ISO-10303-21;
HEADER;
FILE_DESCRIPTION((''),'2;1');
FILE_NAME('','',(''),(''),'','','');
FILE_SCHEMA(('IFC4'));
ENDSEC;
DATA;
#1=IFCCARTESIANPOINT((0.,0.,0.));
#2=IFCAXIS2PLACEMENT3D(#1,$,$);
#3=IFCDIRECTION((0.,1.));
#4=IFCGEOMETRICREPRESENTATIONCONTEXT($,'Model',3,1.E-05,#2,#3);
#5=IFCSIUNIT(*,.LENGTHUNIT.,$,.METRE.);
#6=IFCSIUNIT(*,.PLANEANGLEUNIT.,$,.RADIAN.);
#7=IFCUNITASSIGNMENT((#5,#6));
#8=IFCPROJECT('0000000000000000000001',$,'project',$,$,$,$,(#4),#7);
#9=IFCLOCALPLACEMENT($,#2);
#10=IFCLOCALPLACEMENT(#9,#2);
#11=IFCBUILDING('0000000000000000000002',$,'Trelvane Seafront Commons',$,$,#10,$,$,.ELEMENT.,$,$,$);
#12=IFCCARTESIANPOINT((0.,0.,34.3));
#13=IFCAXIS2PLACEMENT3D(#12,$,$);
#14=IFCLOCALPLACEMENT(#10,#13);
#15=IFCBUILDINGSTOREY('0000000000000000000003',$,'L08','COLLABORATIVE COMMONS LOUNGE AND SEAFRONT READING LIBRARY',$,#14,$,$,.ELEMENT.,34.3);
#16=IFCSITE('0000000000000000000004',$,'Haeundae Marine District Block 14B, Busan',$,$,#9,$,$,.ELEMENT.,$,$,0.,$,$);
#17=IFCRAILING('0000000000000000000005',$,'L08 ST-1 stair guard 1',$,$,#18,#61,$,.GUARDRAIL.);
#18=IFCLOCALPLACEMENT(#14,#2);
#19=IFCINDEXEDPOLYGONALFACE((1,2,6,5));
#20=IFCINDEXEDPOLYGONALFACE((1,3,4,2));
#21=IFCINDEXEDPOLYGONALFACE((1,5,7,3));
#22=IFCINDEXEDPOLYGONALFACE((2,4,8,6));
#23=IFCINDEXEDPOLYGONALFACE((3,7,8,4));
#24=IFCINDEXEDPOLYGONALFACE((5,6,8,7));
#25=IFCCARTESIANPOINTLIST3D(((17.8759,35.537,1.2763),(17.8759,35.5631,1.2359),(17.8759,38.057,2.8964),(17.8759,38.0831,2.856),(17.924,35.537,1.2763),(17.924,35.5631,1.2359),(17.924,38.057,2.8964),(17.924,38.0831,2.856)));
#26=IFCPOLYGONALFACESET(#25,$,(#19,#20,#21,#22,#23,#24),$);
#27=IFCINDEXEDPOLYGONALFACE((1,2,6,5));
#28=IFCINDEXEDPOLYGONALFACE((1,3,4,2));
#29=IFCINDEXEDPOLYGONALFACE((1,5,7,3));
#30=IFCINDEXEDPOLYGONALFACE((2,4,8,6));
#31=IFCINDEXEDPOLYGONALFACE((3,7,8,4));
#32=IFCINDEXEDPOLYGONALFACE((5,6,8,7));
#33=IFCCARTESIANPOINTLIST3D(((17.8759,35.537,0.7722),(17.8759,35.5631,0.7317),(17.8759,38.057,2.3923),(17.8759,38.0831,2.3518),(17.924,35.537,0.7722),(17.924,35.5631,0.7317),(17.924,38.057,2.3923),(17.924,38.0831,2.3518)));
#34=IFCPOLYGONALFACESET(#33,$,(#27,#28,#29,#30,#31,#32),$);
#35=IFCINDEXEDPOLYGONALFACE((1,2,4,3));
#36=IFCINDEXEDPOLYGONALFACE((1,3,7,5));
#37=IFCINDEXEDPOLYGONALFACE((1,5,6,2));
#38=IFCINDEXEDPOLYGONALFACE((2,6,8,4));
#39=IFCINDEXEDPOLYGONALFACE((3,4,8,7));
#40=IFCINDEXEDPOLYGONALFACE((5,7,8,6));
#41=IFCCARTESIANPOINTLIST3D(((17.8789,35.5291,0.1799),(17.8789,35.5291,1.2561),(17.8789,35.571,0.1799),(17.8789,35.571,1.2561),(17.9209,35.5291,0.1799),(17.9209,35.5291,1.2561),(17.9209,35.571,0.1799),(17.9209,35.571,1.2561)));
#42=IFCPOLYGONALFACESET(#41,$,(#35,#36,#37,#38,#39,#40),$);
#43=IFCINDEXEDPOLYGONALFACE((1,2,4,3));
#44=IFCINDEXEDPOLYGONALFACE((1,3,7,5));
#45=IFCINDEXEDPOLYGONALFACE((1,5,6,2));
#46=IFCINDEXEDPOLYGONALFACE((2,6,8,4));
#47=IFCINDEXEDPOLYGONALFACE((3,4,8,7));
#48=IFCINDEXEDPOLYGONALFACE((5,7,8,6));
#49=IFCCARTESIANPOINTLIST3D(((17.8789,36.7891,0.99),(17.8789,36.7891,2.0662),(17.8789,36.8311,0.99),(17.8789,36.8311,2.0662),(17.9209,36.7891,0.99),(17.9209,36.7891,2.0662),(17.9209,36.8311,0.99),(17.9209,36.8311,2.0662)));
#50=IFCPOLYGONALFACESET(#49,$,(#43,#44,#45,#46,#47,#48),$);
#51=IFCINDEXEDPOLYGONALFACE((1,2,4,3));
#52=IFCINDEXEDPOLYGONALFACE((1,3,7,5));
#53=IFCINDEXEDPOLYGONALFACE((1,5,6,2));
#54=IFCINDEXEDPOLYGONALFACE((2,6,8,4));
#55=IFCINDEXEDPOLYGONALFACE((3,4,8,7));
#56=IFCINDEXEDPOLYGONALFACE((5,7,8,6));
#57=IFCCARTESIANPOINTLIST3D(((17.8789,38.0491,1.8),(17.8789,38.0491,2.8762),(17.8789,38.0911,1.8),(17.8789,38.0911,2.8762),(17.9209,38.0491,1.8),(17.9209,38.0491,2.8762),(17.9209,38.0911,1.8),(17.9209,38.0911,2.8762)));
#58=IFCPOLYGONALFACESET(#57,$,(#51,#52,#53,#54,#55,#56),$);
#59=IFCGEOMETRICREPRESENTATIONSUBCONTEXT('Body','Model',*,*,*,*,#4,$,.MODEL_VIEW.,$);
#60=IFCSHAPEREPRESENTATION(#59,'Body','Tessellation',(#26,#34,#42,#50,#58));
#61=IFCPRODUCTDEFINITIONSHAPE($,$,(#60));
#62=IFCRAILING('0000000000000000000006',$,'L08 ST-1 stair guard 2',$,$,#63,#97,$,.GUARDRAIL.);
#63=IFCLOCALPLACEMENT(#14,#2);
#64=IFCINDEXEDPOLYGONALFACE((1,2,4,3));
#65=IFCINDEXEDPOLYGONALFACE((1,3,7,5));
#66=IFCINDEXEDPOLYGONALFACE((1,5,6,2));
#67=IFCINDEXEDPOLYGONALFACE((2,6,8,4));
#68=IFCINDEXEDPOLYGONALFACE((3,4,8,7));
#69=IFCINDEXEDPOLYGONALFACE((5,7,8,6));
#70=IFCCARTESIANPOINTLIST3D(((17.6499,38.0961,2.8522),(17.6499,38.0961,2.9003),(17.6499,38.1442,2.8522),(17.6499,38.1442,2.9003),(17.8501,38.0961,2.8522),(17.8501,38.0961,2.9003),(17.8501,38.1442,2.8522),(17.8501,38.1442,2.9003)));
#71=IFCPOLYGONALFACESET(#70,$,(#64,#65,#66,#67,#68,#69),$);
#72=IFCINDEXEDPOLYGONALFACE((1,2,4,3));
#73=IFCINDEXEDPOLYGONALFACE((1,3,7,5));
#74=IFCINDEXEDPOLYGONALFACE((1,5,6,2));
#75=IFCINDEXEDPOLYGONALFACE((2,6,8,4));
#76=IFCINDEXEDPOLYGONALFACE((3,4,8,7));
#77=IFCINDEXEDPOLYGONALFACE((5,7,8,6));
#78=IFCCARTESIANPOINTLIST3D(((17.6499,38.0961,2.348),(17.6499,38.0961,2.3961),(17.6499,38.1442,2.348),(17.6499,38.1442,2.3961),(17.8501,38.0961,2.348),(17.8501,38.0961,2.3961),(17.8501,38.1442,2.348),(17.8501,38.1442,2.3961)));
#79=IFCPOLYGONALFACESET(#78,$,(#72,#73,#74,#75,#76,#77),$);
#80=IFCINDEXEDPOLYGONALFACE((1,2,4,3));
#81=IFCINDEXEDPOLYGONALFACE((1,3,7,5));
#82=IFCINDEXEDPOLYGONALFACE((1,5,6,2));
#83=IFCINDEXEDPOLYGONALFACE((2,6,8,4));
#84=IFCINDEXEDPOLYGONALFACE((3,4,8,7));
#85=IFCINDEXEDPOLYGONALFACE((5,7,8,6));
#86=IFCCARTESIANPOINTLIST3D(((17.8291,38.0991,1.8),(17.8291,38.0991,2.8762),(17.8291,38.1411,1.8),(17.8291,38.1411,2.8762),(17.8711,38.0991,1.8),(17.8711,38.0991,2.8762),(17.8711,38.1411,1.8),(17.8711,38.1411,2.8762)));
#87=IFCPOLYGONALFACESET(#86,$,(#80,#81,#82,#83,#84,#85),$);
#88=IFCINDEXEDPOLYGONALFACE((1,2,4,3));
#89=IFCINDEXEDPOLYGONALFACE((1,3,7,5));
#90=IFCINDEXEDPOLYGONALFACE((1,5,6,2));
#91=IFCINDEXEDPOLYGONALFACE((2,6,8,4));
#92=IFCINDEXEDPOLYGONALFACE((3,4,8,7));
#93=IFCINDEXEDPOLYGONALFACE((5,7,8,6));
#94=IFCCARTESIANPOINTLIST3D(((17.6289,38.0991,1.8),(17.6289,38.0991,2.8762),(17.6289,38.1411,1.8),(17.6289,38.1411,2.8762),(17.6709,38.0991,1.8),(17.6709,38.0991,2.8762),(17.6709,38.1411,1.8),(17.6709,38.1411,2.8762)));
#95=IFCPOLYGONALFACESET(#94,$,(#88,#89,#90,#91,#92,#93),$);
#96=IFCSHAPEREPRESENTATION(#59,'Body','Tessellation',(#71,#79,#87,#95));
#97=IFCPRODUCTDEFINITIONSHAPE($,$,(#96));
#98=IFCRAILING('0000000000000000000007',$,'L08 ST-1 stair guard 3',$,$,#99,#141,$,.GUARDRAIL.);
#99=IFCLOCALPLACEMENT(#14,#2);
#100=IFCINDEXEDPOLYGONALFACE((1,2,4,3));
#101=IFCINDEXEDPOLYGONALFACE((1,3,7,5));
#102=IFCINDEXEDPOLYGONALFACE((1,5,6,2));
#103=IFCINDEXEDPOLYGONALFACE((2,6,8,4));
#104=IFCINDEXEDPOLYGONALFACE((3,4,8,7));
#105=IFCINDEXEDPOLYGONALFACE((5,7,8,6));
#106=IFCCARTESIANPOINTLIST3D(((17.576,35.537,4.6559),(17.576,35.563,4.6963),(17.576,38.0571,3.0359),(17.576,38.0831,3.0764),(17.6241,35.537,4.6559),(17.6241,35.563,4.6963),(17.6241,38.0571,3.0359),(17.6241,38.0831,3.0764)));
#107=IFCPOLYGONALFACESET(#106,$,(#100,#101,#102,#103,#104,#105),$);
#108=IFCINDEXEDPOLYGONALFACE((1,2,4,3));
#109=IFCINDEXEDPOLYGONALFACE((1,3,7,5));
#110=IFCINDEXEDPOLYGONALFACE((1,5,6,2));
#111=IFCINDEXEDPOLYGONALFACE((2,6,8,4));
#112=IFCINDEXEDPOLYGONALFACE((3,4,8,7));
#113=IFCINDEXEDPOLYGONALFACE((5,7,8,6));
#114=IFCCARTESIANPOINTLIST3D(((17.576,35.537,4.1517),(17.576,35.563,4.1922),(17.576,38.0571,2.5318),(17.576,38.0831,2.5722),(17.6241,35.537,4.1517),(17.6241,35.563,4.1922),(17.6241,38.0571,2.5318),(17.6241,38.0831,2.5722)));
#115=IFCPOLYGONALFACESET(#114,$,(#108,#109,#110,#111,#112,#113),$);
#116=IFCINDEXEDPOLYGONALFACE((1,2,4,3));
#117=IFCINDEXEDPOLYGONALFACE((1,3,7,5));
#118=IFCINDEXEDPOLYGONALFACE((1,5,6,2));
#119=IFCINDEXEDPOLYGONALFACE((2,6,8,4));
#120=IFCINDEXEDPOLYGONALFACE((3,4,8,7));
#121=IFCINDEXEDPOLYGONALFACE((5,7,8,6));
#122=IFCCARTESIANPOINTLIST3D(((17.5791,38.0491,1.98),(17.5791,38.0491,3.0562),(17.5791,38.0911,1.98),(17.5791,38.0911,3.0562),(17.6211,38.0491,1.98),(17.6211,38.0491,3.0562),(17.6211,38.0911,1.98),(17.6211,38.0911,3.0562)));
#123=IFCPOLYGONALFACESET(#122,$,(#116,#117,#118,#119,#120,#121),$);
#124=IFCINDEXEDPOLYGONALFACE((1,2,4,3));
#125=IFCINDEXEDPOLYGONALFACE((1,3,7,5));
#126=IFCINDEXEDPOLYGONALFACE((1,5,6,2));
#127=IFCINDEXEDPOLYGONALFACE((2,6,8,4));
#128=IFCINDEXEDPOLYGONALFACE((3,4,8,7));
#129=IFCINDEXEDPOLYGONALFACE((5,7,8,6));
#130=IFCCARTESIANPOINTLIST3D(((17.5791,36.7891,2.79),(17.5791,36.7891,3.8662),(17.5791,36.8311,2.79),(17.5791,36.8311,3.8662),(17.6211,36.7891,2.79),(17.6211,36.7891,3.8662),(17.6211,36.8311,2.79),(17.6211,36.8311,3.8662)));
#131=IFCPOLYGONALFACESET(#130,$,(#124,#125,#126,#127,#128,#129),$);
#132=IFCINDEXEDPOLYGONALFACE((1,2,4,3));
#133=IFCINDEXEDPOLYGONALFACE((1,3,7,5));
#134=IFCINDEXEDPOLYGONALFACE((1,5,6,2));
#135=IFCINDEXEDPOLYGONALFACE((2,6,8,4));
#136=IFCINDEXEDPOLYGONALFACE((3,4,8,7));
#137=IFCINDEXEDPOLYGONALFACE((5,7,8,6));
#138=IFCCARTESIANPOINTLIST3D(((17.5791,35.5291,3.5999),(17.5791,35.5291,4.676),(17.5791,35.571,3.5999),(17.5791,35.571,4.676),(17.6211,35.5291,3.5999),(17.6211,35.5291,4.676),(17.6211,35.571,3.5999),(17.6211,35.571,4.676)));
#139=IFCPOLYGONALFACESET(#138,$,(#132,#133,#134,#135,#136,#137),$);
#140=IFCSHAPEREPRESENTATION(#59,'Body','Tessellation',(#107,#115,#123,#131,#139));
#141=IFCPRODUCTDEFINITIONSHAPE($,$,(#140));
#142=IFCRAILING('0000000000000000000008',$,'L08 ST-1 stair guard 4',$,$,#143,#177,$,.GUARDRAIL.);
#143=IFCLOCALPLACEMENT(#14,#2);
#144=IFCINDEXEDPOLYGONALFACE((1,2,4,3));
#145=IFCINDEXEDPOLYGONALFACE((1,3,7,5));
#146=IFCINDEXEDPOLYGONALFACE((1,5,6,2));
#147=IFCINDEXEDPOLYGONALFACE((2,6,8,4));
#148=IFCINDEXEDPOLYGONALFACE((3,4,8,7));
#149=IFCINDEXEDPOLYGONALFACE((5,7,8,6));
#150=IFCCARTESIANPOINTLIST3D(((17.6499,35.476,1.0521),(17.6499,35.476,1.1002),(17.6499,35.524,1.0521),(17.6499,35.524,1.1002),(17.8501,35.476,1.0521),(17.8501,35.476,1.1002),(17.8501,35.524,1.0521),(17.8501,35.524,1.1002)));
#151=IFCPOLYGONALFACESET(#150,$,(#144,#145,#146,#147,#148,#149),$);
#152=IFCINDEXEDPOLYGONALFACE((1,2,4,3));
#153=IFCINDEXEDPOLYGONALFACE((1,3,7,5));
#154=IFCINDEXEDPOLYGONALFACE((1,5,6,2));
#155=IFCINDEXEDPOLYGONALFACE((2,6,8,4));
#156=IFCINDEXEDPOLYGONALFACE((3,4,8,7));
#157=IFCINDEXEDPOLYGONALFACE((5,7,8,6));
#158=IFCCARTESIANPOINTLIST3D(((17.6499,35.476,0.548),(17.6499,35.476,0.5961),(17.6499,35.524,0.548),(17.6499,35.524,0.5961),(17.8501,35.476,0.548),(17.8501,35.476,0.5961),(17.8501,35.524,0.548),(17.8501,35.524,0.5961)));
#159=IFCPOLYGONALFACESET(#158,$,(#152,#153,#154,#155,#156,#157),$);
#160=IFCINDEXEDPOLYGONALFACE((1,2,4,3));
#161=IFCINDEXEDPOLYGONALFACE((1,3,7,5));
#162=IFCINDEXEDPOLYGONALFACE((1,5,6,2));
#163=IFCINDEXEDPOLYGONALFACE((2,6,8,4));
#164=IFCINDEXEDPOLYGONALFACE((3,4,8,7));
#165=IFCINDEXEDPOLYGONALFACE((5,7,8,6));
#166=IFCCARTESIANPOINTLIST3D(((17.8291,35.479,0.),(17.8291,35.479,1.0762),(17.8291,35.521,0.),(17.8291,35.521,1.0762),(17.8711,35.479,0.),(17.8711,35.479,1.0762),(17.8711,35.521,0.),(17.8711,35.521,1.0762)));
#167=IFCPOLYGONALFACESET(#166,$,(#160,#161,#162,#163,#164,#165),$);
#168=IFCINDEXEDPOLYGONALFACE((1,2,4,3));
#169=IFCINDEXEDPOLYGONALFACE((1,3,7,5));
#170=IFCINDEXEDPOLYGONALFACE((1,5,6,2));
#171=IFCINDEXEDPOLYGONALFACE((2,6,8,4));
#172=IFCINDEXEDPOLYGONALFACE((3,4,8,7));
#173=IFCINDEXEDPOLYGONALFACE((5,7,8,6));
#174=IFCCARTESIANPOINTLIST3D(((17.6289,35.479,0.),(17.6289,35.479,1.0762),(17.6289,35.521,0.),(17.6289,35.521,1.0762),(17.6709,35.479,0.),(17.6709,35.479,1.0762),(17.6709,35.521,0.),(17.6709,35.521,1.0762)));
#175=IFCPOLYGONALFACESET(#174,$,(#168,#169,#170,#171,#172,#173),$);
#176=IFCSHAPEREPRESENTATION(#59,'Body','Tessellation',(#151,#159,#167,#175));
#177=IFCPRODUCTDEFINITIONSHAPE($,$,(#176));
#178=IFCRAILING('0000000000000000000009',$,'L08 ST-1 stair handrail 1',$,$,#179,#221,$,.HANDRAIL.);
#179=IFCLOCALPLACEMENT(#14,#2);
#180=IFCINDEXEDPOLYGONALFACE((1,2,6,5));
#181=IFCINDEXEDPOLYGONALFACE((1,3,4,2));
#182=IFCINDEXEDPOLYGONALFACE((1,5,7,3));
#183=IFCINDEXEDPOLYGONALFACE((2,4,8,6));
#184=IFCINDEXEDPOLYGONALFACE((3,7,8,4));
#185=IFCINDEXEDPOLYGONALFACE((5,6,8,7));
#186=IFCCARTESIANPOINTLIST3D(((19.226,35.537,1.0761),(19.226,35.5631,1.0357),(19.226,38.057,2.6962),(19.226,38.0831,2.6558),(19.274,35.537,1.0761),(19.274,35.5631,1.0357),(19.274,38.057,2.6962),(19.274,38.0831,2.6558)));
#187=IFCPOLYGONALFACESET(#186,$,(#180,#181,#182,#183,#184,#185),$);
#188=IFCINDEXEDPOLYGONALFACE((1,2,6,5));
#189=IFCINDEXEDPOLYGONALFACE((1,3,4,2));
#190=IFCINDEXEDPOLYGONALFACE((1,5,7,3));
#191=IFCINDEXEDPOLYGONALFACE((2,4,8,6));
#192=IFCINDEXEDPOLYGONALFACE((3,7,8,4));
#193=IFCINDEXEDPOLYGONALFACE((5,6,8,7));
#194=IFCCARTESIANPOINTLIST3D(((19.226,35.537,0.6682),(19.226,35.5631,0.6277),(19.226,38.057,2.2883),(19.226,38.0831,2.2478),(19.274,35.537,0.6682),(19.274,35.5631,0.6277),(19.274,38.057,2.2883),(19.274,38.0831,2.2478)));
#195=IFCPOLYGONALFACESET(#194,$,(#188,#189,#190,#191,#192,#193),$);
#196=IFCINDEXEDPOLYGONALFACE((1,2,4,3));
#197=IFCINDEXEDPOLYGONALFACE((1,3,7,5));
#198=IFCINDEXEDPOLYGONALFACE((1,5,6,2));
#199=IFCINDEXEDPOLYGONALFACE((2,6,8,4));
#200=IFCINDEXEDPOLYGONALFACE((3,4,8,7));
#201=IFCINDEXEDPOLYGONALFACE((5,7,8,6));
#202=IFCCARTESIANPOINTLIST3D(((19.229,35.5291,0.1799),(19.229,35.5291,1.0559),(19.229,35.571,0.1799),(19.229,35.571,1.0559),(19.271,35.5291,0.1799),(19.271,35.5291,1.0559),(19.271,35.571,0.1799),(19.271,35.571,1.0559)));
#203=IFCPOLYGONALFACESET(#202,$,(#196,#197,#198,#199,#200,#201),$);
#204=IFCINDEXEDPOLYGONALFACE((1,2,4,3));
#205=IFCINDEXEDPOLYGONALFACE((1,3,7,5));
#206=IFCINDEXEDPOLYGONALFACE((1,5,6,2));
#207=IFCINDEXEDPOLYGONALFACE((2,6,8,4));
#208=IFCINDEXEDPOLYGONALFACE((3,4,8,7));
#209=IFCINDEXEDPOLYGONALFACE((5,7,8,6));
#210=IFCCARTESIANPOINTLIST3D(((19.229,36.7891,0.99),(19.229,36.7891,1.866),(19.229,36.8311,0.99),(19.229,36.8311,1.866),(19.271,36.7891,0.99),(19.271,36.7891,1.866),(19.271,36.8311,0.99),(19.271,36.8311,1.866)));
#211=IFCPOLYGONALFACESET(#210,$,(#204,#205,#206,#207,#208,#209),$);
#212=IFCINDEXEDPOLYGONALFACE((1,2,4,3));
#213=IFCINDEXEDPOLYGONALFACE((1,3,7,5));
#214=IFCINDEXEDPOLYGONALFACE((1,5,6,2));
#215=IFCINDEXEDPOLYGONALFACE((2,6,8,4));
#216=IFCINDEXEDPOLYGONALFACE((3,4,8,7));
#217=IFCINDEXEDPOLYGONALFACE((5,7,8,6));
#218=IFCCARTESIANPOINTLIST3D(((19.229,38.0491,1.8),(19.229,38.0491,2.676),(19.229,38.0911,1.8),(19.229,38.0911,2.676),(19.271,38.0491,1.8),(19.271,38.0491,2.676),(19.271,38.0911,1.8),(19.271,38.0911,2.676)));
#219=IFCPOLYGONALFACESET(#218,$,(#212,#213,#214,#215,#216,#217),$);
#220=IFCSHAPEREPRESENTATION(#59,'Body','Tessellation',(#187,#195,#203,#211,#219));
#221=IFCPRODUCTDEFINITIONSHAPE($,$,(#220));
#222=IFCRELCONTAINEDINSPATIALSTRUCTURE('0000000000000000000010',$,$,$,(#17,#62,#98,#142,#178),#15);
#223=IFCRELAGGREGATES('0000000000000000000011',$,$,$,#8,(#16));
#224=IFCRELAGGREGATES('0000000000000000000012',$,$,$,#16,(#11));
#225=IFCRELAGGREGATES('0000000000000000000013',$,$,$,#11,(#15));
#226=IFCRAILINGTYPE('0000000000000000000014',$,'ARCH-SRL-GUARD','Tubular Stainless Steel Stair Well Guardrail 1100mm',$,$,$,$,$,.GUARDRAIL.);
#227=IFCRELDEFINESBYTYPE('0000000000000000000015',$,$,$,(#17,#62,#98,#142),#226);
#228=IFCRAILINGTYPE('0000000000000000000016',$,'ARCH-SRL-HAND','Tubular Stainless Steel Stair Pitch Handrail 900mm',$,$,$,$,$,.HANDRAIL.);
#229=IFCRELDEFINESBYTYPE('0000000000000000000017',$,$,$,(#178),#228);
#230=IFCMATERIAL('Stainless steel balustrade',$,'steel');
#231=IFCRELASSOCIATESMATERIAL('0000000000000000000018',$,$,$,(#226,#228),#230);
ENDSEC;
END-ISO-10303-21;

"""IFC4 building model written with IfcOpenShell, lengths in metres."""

from ifc_helpers import new_model, si_unit, direction, frame, origin, origin_2d, place, context, subcontext, project, spatial, rectangle, extrude, material, type_object, element, save


model = new_model("IFC4")

# Units and contexts
model_context = context("Model", 3, precision=1e-05, world=origin(), true_north=direction((0.0, 1.0)))
body_context = subcontext(model_context, "Body", "Model", "MODEL_VIEW")
ifc_project = project(units=[si_unit("LENGTHUNIT", "METRE"), si_unit("PLANEANGLEUNIT", "RADIAN")], contexts=[model_context])

# Site, building, storey
site_placement = place(None, origin())
site = spatial("IfcSite", under=ifc_project, at=site_placement, Name="Haeundae Marine District Block 14B, Busan", CompositionType="ELEMENT", RefElevation=0.0)
building_placement = place(site_placement, origin())
building = spatial("IfcBuilding", under=site, at=building_placement, Name="Trelvane Seafront Commons", CompositionType="ELEMENT")
storey_placement = place(building_placement, frame((0.0, 0.0, 34.3)))
storey = spatial("IfcBuildingStorey", under=building, at=storey_placement, Name="L08", Description="COLLABORATIVE COMMONS LOUNGE AND SEAFRONT READING LIBRARY", CompositionType="ELEMENT", Elevation=34.3)

# Shared definitions
ifc_material_1 = material(Name="Stainless steel balustrade", Category="steel")

# Railings
railing_type_1 = type_object("IfcRailingType", Name="ARCH-SRL-GUARD", Description="Tubular Stainless Steel Stair Well Guardrail 1100mm", PredefinedType="GUARDRAIL", material=ifc_material_1)
railing_1_placement = place(storey_placement, frame((17.8999, 35.55, 0.1799)))
element("IfcRailing", 1, at=railing_1_placement, inside=storey, type_object=railing_type_1, Name="L08 ST-1 stair guard 1", PredefinedType="GUARDRAIL", context=body_context, shape_type="SweptSolid", body=[
    extrude(rectangle(XDim=0.0481, YDim=0.0481, at=origin_2d()), frame((0.0, 0.0, 1.0762), z_axis=(0.0, 0.841163, 0.540782), x_axis=(-1.0, 0.0, 0.0)), (0.0, 0.0, 1.0), 2.9958),
    extrude(rectangle(XDim=0.0481, YDim=0.0481, at=origin_2d()), frame((0.0, 0.0, 0.572), z_axis=(0.0, 0.841163, 0.540782), x_axis=(-1.0, 0.0, 0.0)), (0.0, 0.0, 1.0), 2.9958),
    extrude(rectangle(XDim=0.042, YDim=0.042, at=origin_2d()), origin(), (0.0, 0.0, 1.0), 1.0762),
    extrude(rectangle(XDim=0.042, YDim=0.042, at=origin_2d()), frame((0.0, 1.26, 0.8101)), (0.0, 0.0, 1.0), 1.0762),
    extrude(rectangle(XDim=0.042, YDim=0.042, at=origin_2d()), frame((0.0, 2.52, 1.6201)), (0.0, 0.0, 1.0), 1.0762),
])
railing_2_placement = place(storey_placement, frame((17.8501, 38.1201, 1.8)))
element("IfcRailing", 2, at=railing_2_placement, inside=storey, type_object=railing_type_1, Name="L08 ST-1 stair guard 2", PredefinedType="GUARDRAIL", context=body_context, shape_type="SweptSolid", body=[
    extrude(rectangle(XDim=0.0481, YDim=0.0481, at=origin_2d()), frame((0.0, 0.0, 1.0762), z_axis=(-1.0, 0.0, 0.0), x_axis=(0.0, -1.0, 0.0)), (0.0, 0.0, 1.0), 0.2002),
    extrude(rectangle(XDim=0.0481, YDim=0.0481, at=origin_2d()), frame((0.0, 0.0, 0.572), z_axis=(-1.0, 0.0, 0.0), x_axis=(0.0, -1.0, 0.0)), (0.0, 0.0, 1.0), 0.2002),
    extrude(rectangle(XDim=0.042, YDim=0.042, at=origin_2d()), origin(), (0.0, 0.0, 1.0), 1.0762),
    extrude(rectangle(XDim=0.042, YDim=0.042, at=origin_2d()), frame((-0.2002, 0.0, 0.0)), (0.0, 0.0, 1.0), 1.0762),
])
railing_3_placement = place(storey_placement, frame((17.6001, 38.0701, 1.98)))
element("IfcRailing", 3, at=railing_3_placement, inside=storey, type_object=railing_type_1, Name="L08 ST-1 stair guard 3", PredefinedType="GUARDRAIL", context=body_context, shape_type="SweptSolid", body=[
    extrude(rectangle(XDim=0.0481, YDim=0.0481, at=origin_2d()), frame((0.0, 0.0, 1.0762), z_axis=(0.0, -0.8412, 0.540725), x_axis=(1.0, 0.0, 0.0)), (0.0, 0.0, 1.0), 2.9958),
    extrude(rectangle(XDim=0.0481, YDim=0.0481, at=origin_2d()), frame((0.0, 0.0, 0.572), z_axis=(0.0, -0.8412, 0.540725), x_axis=(1.0, 0.0, 0.0)), (0.0, 0.0, 1.0), 2.9958),
    extrude(rectangle(XDim=0.042, YDim=0.042, at=origin_2d()), origin(), (0.0, 0.0, 1.0), 1.0762),
    extrude(rectangle(XDim=0.042, YDim=0.042, at=origin_2d()), frame((0.0, -1.26, 0.8101)), (0.0, 0.0, 1.0), 1.0762),
    extrude(rectangle(XDim=0.042, YDim=0.042, at=origin_2d()), frame((0.0, -2.52, 1.6199)), (0.0, 0.0, 1.0), 1.0762),
])
railing_4_placement = place(storey_placement, frame((17.8501, 35.5, 0.0)))
element("IfcRailing", 4, at=railing_4_placement, inside=storey, type_object=railing_type_1, Name="L08 ST-1 stair guard 4", PredefinedType="GUARDRAIL", context=body_context, shape_type="SweptSolid", body=[
    extrude(rectangle(XDim=0.0481, YDim=0.0481, at=origin_2d()), frame((0.0, 0.0, 1.0762), z_axis=(-1.0, 0.0, 0.0), x_axis=(0.0, -1.0, 0.0)), (0.0, 0.0, 1.0), 0.2002),
    extrude(rectangle(XDim=0.0481, YDim=0.0481, at=origin_2d()), frame((0.0, 0.0, 0.572), z_axis=(-1.0, 0.0, 0.0), x_axis=(0.0, -1.0, 0.0)), (0.0, 0.0, 1.0), 0.2002),
    extrude(rectangle(XDim=0.042, YDim=0.042, at=origin_2d()), origin(), (0.0, 0.0, 1.0), 1.0762),
    extrude(rectangle(XDim=0.042, YDim=0.042, at=origin_2d()), frame((-0.2002, 0.0, 0.0)), (0.0, 0.0, 1.0), 1.0762),
])
railing_type_2 = type_object("IfcRailingType", Name="ARCH-SRL-HAND", Description="Tubular Stainless Steel Stair Pitch Handrail 900mm", PredefinedType="HANDRAIL", material=ifc_material_1)
railing_5_placement = place(storey_placement, frame((19.25, 35.55, 0.1799)))
element("IfcRailing", 5, at=railing_5_placement, inside=storey, type_object=railing_type_2, Name="L08 ST-1 stair handrail 1", PredefinedType="HANDRAIL", context=body_context, shape_type="SweptSolid", body=[
    extrude(rectangle(XDim=0.0481, YDim=0.0481, at=origin_2d()), frame((0.0, 0.0, 0.876), z_axis=(0.0, 0.841163, 0.540782), x_axis=(-1.0, 0.0, 0.0)), (0.0, 0.0, 1.0), 2.9958),
    extrude(rectangle(XDim=0.0481, YDim=0.0481, at=origin_2d()), frame((0.0, 0.0, 0.468), z_axis=(0.0, 0.841163, 0.540782), x_axis=(-1.0, 0.0, 0.0)), (0.0, 0.0, 1.0), 2.9958),
    extrude(rectangle(XDim=0.042, YDim=0.042, at=origin_2d()), origin(), (0.0, 0.0, 1.0), 0.876),
    extrude(rectangle(XDim=0.042, YDim=0.042, at=origin_2d()), frame((0.0, 1.26, 0.8101)), (0.0, 0.0, 1.0), 0.876),
    extrude(rectangle(XDim=0.042, YDim=0.042, at=origin_2d()), frame((0.0, 2.52, 1.6201)), (0.0, 0.0, 1.0), 0.876),
])

save(model, "model.ifc")
